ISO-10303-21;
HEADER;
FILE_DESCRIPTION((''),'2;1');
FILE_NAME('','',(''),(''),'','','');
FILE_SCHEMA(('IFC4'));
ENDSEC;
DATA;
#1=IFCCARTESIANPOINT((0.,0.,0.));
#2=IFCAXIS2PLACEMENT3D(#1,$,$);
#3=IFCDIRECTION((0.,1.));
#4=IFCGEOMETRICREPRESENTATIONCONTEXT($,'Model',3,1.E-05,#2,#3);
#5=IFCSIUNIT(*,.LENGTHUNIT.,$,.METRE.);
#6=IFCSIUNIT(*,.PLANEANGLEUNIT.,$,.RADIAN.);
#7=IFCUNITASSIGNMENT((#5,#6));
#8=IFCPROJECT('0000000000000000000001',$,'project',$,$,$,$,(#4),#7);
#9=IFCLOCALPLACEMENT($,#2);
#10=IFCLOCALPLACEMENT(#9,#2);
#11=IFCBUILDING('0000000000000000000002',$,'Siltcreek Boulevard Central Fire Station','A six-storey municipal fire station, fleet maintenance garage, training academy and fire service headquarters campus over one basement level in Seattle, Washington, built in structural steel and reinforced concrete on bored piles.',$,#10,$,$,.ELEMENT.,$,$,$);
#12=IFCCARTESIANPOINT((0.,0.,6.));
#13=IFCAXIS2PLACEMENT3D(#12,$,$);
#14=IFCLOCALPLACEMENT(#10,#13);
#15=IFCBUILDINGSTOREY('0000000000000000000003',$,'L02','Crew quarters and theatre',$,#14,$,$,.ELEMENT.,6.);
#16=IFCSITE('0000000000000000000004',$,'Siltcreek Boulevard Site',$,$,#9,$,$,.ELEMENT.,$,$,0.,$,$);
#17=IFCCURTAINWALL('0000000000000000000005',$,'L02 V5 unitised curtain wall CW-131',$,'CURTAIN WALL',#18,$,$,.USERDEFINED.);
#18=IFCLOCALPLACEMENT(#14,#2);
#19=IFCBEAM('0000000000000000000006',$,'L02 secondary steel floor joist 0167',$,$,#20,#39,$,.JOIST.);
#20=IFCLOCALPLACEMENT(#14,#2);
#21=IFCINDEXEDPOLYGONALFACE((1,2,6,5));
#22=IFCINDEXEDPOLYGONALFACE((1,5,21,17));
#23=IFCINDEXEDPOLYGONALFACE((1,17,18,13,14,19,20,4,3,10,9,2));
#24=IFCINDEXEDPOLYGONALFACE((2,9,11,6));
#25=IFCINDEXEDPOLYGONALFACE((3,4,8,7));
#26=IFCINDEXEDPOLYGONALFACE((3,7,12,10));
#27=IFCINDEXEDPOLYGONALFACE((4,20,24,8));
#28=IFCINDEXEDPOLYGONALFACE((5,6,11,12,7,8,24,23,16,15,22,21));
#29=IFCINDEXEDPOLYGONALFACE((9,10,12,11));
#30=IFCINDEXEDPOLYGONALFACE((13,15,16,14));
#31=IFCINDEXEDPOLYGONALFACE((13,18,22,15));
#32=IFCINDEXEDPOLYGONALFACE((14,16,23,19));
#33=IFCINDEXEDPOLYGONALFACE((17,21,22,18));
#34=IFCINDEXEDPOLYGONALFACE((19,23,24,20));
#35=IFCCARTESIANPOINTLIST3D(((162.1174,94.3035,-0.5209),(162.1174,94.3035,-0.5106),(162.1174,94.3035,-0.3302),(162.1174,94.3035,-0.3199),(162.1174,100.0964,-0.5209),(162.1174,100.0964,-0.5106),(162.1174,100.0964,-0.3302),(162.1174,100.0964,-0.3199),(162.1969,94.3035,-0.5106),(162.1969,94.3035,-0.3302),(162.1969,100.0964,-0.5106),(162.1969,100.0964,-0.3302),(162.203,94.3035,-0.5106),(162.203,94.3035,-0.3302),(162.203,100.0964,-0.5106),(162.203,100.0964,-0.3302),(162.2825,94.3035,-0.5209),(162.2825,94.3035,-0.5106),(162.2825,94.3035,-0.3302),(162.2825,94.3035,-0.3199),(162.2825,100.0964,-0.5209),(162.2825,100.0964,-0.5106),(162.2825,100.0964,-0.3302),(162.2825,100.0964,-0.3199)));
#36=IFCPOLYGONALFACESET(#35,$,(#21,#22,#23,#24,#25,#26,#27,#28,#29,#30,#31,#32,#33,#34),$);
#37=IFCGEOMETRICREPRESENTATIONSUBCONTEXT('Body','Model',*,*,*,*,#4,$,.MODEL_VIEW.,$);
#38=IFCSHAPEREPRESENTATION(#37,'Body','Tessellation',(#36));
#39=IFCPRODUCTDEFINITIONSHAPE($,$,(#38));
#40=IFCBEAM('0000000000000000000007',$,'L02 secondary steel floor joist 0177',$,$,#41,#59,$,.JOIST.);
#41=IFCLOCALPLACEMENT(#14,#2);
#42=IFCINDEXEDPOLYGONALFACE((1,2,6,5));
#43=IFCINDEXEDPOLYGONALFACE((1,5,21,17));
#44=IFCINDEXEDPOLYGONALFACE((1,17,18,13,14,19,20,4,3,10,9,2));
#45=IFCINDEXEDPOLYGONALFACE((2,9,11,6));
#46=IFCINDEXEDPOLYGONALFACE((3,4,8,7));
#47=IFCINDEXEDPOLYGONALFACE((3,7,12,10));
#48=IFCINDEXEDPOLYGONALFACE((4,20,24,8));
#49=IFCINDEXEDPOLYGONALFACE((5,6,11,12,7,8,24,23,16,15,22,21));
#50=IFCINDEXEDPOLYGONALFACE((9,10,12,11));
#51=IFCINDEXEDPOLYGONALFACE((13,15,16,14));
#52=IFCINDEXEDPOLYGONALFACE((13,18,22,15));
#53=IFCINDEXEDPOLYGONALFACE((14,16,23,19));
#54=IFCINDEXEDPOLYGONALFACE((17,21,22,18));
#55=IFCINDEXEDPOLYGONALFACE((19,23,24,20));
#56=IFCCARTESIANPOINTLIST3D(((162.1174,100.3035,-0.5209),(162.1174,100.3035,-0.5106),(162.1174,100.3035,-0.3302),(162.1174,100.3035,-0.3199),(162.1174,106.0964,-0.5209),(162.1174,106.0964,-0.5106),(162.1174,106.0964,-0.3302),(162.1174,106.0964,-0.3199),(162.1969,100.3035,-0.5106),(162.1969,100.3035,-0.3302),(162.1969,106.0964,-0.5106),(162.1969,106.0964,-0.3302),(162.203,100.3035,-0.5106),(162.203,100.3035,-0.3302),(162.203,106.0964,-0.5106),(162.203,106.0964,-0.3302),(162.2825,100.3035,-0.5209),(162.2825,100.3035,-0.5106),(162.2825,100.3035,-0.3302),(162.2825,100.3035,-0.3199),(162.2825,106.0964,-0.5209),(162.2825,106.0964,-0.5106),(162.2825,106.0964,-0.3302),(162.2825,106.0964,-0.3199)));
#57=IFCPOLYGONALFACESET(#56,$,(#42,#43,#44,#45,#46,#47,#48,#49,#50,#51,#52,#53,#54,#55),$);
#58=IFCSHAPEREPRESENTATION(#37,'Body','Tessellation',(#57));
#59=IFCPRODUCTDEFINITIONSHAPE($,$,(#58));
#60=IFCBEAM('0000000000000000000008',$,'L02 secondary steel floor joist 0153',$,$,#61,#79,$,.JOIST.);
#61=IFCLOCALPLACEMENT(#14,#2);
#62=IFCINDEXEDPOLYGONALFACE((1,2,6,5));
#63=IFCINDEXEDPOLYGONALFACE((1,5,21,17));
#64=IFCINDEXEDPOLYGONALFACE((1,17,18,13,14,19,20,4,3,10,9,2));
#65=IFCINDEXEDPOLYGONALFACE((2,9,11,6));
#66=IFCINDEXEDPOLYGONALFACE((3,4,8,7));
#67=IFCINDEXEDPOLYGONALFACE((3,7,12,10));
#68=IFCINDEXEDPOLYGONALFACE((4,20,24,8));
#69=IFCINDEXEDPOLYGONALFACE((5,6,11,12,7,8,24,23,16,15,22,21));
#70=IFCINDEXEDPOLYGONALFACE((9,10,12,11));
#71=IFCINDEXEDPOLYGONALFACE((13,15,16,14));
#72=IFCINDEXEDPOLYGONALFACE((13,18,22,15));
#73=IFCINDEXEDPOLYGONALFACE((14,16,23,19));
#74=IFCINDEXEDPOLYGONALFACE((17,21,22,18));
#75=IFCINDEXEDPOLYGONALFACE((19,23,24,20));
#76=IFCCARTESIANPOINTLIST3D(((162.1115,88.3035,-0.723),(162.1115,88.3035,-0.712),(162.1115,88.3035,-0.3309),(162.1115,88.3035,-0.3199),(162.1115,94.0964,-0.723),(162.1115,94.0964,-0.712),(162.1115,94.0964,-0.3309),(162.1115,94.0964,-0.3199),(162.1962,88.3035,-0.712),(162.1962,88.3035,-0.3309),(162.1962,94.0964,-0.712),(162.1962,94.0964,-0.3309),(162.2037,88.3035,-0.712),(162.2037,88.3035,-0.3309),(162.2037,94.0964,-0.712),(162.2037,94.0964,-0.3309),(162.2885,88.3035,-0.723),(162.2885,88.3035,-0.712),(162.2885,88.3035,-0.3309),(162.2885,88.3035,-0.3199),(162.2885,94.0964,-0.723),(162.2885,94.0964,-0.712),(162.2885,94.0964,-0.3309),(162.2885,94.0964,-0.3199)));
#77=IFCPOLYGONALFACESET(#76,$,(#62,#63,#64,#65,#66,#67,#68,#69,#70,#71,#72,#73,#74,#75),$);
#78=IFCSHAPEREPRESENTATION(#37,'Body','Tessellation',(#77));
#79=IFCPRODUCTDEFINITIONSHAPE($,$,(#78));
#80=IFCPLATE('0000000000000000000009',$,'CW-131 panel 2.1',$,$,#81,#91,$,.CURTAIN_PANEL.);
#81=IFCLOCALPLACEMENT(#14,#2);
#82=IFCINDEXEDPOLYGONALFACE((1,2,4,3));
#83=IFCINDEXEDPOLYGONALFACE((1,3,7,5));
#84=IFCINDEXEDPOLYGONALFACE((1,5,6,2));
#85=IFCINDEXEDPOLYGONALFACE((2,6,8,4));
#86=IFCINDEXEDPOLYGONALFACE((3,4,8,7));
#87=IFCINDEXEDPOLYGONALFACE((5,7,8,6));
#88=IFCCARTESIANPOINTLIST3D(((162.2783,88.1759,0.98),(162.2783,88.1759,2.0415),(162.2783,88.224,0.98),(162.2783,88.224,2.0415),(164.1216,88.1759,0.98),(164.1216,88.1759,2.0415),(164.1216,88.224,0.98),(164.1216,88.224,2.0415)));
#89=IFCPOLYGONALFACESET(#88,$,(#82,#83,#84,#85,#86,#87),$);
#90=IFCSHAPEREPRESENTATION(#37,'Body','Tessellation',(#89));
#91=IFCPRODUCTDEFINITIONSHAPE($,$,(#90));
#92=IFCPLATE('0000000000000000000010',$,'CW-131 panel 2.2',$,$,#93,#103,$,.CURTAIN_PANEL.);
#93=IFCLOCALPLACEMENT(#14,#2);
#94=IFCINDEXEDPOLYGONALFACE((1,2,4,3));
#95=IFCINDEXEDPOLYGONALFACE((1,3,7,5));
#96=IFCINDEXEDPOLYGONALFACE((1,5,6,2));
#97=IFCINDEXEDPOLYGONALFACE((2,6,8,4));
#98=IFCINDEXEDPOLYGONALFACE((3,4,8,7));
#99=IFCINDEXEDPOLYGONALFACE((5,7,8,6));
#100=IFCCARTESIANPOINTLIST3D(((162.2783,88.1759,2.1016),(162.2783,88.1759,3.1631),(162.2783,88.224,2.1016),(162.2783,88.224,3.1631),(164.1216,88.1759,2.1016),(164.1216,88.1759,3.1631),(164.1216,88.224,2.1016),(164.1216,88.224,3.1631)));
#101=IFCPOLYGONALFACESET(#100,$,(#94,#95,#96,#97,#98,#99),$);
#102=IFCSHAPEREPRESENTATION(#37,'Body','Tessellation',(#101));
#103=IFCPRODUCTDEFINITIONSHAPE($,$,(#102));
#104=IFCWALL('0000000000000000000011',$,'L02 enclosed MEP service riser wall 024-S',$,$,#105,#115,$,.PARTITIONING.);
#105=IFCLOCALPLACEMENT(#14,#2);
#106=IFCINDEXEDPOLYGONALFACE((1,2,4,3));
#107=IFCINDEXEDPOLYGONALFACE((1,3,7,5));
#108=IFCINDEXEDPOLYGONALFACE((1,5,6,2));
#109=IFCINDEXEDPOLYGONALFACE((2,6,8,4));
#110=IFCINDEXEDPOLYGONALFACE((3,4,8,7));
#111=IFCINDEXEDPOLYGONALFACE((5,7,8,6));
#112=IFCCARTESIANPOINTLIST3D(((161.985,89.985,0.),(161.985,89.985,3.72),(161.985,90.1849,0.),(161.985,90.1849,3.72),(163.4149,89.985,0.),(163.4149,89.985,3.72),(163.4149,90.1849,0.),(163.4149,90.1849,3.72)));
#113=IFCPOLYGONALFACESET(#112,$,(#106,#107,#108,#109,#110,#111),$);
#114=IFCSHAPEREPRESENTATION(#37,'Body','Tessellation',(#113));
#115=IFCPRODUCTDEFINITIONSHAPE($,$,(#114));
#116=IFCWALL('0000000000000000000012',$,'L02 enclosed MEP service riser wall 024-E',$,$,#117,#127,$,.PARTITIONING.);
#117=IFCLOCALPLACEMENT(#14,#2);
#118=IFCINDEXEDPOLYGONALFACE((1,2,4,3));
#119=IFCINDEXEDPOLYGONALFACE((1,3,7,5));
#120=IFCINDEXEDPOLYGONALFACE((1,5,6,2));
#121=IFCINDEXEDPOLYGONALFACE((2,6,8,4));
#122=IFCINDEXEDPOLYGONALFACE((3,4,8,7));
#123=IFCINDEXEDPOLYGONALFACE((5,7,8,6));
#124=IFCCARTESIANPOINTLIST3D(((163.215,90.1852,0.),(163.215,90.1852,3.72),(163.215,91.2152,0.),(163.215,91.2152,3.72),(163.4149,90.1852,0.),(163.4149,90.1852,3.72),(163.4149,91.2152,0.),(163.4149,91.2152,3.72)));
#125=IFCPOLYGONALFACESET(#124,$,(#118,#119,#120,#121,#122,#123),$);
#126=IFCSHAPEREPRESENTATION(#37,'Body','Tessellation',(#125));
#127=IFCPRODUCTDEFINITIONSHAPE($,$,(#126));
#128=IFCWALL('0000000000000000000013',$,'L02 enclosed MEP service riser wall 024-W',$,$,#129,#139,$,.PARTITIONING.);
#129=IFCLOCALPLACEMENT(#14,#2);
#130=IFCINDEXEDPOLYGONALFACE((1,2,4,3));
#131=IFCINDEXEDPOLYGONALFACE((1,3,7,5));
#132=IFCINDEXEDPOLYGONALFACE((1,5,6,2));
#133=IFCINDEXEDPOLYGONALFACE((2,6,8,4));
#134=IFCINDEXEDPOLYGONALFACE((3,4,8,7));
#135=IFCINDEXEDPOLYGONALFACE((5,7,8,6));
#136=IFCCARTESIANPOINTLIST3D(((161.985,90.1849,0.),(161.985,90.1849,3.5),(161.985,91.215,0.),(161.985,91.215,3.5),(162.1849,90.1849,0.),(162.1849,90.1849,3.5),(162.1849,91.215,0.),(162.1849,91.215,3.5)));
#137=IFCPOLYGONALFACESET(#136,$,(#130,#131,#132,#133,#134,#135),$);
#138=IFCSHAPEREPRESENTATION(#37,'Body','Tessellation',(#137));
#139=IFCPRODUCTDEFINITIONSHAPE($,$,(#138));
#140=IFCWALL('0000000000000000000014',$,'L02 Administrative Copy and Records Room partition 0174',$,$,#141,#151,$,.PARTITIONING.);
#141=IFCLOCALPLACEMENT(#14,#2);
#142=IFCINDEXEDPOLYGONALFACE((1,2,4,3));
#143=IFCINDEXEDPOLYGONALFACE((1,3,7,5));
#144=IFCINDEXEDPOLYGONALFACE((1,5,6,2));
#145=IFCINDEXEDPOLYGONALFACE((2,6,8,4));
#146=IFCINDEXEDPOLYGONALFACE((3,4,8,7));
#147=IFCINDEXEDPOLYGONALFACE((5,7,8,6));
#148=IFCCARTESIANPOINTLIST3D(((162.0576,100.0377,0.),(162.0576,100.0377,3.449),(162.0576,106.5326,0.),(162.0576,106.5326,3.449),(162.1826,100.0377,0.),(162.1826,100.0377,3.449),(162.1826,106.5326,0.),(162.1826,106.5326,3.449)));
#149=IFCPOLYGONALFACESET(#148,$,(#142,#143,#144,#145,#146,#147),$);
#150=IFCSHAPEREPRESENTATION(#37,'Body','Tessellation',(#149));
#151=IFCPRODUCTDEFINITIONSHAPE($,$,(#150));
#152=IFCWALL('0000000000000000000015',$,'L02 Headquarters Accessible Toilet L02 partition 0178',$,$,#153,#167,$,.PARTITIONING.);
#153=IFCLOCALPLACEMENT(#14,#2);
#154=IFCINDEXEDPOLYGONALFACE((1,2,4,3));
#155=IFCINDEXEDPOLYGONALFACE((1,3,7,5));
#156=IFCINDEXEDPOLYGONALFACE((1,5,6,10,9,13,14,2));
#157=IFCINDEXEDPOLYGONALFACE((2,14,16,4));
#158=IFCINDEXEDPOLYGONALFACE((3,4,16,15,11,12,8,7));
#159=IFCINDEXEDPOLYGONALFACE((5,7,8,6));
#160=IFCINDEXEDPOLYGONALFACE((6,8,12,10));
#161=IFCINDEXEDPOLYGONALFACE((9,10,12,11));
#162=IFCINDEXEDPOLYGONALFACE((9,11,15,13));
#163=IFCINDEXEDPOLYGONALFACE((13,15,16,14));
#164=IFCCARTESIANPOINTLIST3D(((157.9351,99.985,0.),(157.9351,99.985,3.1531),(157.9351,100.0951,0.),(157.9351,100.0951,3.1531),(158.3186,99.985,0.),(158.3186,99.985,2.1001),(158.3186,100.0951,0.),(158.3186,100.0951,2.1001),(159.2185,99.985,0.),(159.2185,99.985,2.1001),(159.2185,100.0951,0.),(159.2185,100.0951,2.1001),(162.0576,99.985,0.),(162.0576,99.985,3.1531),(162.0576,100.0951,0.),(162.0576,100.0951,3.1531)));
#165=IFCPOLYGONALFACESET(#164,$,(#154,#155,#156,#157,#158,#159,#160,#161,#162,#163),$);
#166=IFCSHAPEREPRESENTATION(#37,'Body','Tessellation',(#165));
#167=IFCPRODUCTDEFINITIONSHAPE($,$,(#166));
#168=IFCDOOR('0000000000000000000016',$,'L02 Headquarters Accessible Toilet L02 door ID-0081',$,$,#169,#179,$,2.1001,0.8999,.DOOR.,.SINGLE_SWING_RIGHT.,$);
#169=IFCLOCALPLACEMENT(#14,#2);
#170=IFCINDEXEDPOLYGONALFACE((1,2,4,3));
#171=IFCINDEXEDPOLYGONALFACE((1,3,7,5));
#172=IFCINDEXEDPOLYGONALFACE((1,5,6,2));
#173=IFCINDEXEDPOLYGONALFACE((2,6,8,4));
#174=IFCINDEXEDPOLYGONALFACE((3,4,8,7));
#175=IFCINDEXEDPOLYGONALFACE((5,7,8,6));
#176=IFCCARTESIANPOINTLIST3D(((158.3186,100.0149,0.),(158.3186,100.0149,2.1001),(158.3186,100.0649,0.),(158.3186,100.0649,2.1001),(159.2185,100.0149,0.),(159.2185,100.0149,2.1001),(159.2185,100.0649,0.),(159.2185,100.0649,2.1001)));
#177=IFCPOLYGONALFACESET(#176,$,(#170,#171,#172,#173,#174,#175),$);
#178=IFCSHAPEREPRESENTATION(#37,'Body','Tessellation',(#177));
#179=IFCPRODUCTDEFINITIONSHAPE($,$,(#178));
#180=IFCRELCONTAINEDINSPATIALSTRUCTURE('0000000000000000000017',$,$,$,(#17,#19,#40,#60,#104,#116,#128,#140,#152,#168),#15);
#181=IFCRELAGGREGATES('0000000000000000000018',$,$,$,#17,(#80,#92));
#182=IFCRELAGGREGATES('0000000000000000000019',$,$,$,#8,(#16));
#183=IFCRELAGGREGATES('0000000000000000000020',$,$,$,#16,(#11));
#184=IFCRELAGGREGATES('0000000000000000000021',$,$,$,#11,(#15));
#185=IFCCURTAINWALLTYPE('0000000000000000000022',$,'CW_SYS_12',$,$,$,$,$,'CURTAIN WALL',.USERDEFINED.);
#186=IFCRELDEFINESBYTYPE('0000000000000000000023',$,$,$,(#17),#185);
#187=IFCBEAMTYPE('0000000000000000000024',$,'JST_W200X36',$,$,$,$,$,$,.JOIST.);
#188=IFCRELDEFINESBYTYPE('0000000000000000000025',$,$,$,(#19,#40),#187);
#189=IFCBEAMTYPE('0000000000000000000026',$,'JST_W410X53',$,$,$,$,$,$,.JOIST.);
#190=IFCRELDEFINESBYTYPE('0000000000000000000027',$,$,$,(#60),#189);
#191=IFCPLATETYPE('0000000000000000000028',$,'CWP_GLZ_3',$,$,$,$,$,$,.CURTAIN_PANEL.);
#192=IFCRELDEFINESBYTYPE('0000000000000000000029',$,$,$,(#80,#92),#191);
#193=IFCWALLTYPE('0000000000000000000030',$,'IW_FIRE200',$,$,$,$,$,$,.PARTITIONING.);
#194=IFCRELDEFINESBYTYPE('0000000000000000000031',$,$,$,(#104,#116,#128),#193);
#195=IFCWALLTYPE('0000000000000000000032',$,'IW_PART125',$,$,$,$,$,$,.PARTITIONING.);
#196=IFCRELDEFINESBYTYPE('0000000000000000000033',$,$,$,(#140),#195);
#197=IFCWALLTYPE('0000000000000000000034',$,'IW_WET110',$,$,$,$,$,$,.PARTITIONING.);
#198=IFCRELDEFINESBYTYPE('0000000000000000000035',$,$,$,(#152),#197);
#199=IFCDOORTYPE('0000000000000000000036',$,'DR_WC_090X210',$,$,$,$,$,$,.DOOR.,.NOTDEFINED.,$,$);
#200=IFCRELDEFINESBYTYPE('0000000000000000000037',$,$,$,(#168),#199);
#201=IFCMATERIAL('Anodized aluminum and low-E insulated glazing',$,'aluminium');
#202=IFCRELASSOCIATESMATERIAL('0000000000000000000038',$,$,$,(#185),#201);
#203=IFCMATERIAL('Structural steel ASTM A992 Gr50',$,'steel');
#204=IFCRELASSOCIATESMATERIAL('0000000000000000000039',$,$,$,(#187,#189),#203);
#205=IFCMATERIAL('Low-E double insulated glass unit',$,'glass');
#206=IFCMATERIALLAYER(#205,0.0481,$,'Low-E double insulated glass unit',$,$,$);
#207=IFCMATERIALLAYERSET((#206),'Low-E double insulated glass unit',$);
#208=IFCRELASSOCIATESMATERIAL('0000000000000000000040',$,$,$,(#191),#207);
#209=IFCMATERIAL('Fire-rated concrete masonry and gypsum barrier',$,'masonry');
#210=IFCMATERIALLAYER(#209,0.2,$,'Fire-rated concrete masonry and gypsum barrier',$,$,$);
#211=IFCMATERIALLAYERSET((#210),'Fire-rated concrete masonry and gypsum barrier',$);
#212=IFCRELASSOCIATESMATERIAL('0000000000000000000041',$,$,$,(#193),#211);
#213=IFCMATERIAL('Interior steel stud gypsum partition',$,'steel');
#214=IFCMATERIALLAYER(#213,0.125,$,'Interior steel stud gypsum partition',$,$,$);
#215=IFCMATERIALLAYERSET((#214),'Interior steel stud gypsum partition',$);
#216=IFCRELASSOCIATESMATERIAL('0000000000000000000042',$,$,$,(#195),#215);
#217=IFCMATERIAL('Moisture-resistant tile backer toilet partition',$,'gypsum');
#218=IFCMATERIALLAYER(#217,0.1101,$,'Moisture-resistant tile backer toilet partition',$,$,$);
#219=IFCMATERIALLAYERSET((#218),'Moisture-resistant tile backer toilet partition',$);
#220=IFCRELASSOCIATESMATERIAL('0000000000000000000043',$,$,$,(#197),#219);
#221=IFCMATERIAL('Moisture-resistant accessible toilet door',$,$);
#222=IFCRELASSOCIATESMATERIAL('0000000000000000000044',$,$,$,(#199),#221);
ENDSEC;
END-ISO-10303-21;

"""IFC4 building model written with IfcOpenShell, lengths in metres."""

from ifc_helpers import new_model, si_unit, direction, frame, frame_2d, origin, origin_2d, place, context, subcontext, project, spatial, rectangle, i_section, extrude, material, layer, layer_set, material_profile, profile_set, type_object, element, fill, aggregate, save


model = new_model("IFC4")

# Units and contexts
model_context = context("Model", 3, precision=1e-05, world=origin(), true_north=direction((0.0, 1.0)))
body_context = subcontext(model_context, "Body", "Model", "MODEL_VIEW")
ifc_project = project(units=[si_unit("LENGTHUNIT", "METRE"), si_unit("PLANEANGLEUNIT", "RADIAN")], contexts=[model_context])

# Site, building, storey
site_placement = place(None, origin())
site = spatial("IfcSite", under=ifc_project, at=site_placement, Name="Siltcreek Boulevard Site", CompositionType="ELEMENT", RefElevation=0.0)
building_placement = place(site_placement, origin())
building = spatial("IfcBuilding", under=site, at=building_placement, Name="Siltcreek Boulevard Central Fire Station", Description="A six-storey municipal fire station, fleet maintenance garage, training academy and fire service headquarters campus over one basement level in Seattle, Washington, built in structural steel and reinforced concrete on bored piles.", CompositionType="ELEMENT")
storey_placement = place(building_placement, frame((0.0, 0.0, 6.0)))
storey = spatial("IfcBuildingStorey", under=building, at=storey_placement, Name="L02", Description="Crew quarters and theatre", CompositionType="ELEMENT", Elevation=6.0)

# Shared definitions
ifc_material_1 = material(Name="Structural steel ASTM A992 Gr50", Category="steel")

# Curtain wall
ifc_material_2 = material(Name="Anodized aluminum and low-E insulated glazing", Category="aluminium")
curtain_wall_type = type_object("IfcCurtainWallType", Name="CW_SYS_12", ElementType="CURTAIN WALL", PredefinedType="USERDEFINED", material=ifc_material_2)
curtain_wall_placement = place(storey_placement, origin())
curtain_wall = element("IfcCurtainWall", 1, at=curtain_wall_placement, inside=storey, type_object=curtain_wall_type, Name="L02 V5 unitised curtain wall CW-131", ObjectType="CURTAIN WALL", PredefinedType="USERDEFINED")

# Beams
ifc_material_profile_1 = material_profile(ifc_material_1, i_section(OverallWidth=0.165, OverallDepth=0.2009, WebThickness=0.0061, FlangeThickness=0.0103, at=origin_2d()), Name="W200X36")
ifc_profile_set_1 = profile_set([ifc_material_profile_1], Name="Structural steel ASTM A992 Gr50")
beam_type_1 = type_object("IfcBeamType", Name="JST_W200X36", PredefinedType="JOIST", material=ifc_profile_set_1)
for number, where, z_axis, x_axis, name in (
    (2, (162.2, 94.3035, -0.4204), (0.0, 1.0, 0.0), (-1.0, 0.0, 0.0), "L02 secondary steel floor joist 0167"),
    (3, (162.2, 100.3035, -0.4204), (0.0, 1.0, 0.0), (-1.0, 0.0, 0.0), "L02 secondary steel floor joist 0177"),
):
    element("IfcBeam", number, at=place(storey_placement, frame(where, z_axis=z_axis, x_axis=x_axis)), inside=storey, type_object=beam_type_1, Name=name, PredefinedType="JOIST", context=body_context, shape_type="SweptSolid", body=[
        extrude(i_section(OverallWidth=0.165, OverallDepth=0.2009, WebThickness=0.0061, FlangeThickness=0.0103, at=origin_2d()), origin(), (0.0, 0.0, 1.0), 5.793),
    ])
ifc_material_profile_2 = material_profile(ifc_material_1, i_section(OverallWidth=0.177, OverallDepth=0.4031, WebThickness=0.0076, FlangeThickness=0.011, at=origin_2d()), Name="W410X53")
ifc_profile_set_2 = profile_set([ifc_material_profile_2], Name="Structural steel ASTM A992 Gr50")
beam_type_2 = type_object("IfcBeamType", Name="JST_W410X53", PredefinedType="JOIST", material=ifc_profile_set_2)
beam_placement = place(storey_placement, frame((162.2, 88.3035, -0.5215), z_axis=(0.0, 1.0, 0.0), x_axis=(-1.0, 0.0, 0.0)))
element("IfcBeam", 4, at=beam_placement, inside=storey, type_object=beam_type_2, Name="L02 secondary steel floor joist 0153", PredefinedType="JOIST", context=body_context, shape_type="SweptSolid", body=[
    extrude(i_section(OverallWidth=0.177, OverallDepth=0.4031, WebThickness=0.0076, FlangeThickness=0.011, at=origin_2d()), origin(), (0.0, 0.0, 1.0), 5.793),
])

# Plates
ifc_material_3 = material(Name="Low-E double insulated glass unit", Category="glass")
ifc_layer_1 = layer(ifc_material_3, 0.0481, Name="Low-E double insulated glass unit")
ifc_layer_set_1 = layer_set([ifc_layer_1], Name="Low-E double insulated glass unit")
plate_type = type_object("IfcPlateType", Name="CWP_GLZ_3", PredefinedType="CURTAIN_PANEL", material=ifc_layer_set_1)
plate_1_placement = place(storey_placement, frame((163.2, 88.2, 0.98), z_axis=(0.0, 0.0, 1.0), x_axis=(1.0, 0.0, 0.0)))
plate_1 = element("IfcPlate", 5, at=plate_1_placement, type_object=plate_type, Name="CW-131 panel 2.1", PredefinedType="CURTAIN_PANEL", context=body_context, shape_type="SweptSolid", body=[
    extrude(rectangle(XDim=1.8433, YDim=0.0481, at=origin_2d()), origin(), (0.0, 0.0, 1.0), 1.0615),
])
plate_2_placement = place(storey_placement, frame((163.2, 88.2, 2.1016), z_axis=(0.0, 0.0, 1.0), x_axis=(1.0, 0.0, 0.0)))
plate_2 = element("IfcPlate", 6, at=plate_2_placement, type_object=plate_type, Name="CW-131 panel 2.2", PredefinedType="CURTAIN_PANEL", context=body_context, shape_type="SweptSolid", body=[
    extrude(rectangle(XDim=1.8433, YDim=0.0481, at=origin_2d()), origin(), (0.0, 0.0, 1.0), 1.0615),
])
aggregate(curtain_wall, [plate_1, plate_2])

# Walls
ifc_material_4 = material(Name="Fire-rated concrete masonry and gypsum barrier", Category="masonry")
ifc_layer_2 = layer(ifc_material_4, 0.2, Name="Fire-rated concrete masonry and gypsum barrier")
ifc_layer_set_2 = layer_set([ifc_layer_2], Name="Fire-rated concrete masonry and gypsum barrier")
wall_type_1 = type_object("IfcWallType", Name="IW_FIRE200", PredefinedType="PARTITIONING", material=ifc_layer_set_2)
wall_1_placement = place(storey_placement, frame((161.9851, 90.085, 0.0), z_axis=(0.0, 0.0, 1.0), x_axis=(1.0, 0.0, 0.0)))
element("IfcWall", 7, at=wall_1_placement, inside=storey, type_object=wall_type_1, Name="L02 enclosed MEP service riser wall 024-S", PredefinedType="PARTITIONING", context=body_context, shape_type="SweptSolid", body=[
    extrude(rectangle(XDim=1.4299, YDim=0.2, at=frame_2d((0.7148, 0.0))), origin(), (0.0, 0.0, 1.0), 3.72),
])
wall_2_placement = place(storey_placement, frame((163.3149, 90.1851, 0.0), z_axis=(0.0, 0.0, 1.0), x_axis=(0.0, 1.0, 0.0)))
element("IfcWall", 8, at=wall_2_placement, inside=storey, type_object=wall_type_1, Name="L02 enclosed MEP service riser wall 024-E", PredefinedType="PARTITIONING", context=body_context, shape_type="SweptSolid", body=[
    extrude(rectangle(XDim=1.03, YDim=0.2, at=frame_2d((0.5151, 0.0))), origin(), (0.0, 0.0, 1.0), 3.72),
])
wall_3_placement = place(storey_placement, frame((162.085, 91.2151, 0.0), z_axis=(0.0, 0.0, 1.0), x_axis=(0.0, -1.0, 0.0)))
element("IfcWall", 9, at=wall_3_placement, inside=storey, type_object=wall_type_1, Name="L02 enclosed MEP service riser wall 024-W", PredefinedType="PARTITIONING", context=body_context, shape_type="SweptSolid", body=[
    extrude(rectangle(XDim=1.03, YDim=0.2, at=frame_2d((0.5151, 0.0))), origin(), (0.0, 0.0, 1.0), 3.5),
])
ifc_material_5 = material(Name="Interior steel stud gypsum partition", Category="steel")
ifc_layer_3 = layer(ifc_material_5, 0.125, Name="Interior steel stud gypsum partition")
ifc_layer_set_3 = layer_set([ifc_layer_3], Name="Interior steel stud gypsum partition")
wall_type_2 = type_object("IfcWallType", Name="IW_PART125", PredefinedType="PARTITIONING", material=ifc_layer_set_3)
wall_4_placement = place(storey_placement, frame((162.1201, 100.0376, 0.0), z_axis=(0.0, 0.0, 1.0), x_axis=(0.0, 1.0, 0.0)))
element("IfcWall", 10, at=wall_4_placement, inside=storey, type_object=wall_type_2, Name="L02 Administrative Copy and Records Room partition 0174", PredefinedType="PARTITIONING", context=body_context, shape_type="SweptSolid", body=[
    extrude(rectangle(XDim=6.4949, YDim=0.125, at=frame_2d((3.2476, 0.0))), origin(), (0.0, 0.0, 1.0), 3.449),
])

# Wall, opening, door
ifc_material_6 = material(Name="Moisture-resistant tile backer toilet partition", Category="gypsum")
ifc_layer_4 = layer(ifc_material_6, 0.1101, Name="Moisture-resistant tile backer toilet partition")
ifc_layer_set_4 = layer_set([ifc_layer_4], Name="Moisture-resistant tile backer toilet partition")
wall_type_3 = type_object("IfcWallType", Name="IW_WET110", PredefinedType="PARTITIONING", material=ifc_layer_set_4)
wall_5_placement = place(storey_placement, frame((162.0576, 100.04, 0.0), z_axis=(0.0, 0.0, 1.0), x_axis=(-1.0, 0.0, 0.0)))
wall_5 = element("IfcWall", 11, at=wall_5_placement, inside=storey, type_object=wall_type_3, Name="L02 Headquarters Accessible Toilet L02 partition 0178", PredefinedType="PARTITIONING", context=body_context, shape_type="SweptSolid", body=[
    extrude(rectangle(XDim=4.1226, YDim=0.1101, at=frame_2d((2.0613, 0.0))), origin(), (0.0, 0.0, 1.0), 3.1531),
])
opening_placement = place(wall_5_placement, frame((2.8391, 0.0, 0.0)))
opening = element("IfcOpeningElement", 12, at=opening_placement, cuts=wall_5, PredefinedType="OPENING", context=body_context, shape_type="SweptSolid", body=[
    extrude(rectangle(XDim=0.8999, YDim=2.1001, at=frame_2d((0.45, 1.05))), frame((0.0, 0.0649, 0.0), z_axis=(0.0, -1.0, 0.0), x_axis=(1.0, 0.0, 0.0)), (0.0, 0.0, 1.0), 0.1301),
])
ifc_material_7 = material(Name="Moisture-resistant accessible toilet door")
door_type = type_object("IfcDoorType", Name="DR_WC_090X210", OperationType="NOTDEFINED", PredefinedType="DOOR", material=ifc_material_7)
door_placement = place(opening_placement, frame((0.8999, 0.0, 0.0), z_axis=(0.0, 0.0, 1.0), x_axis=(-1.0, 0.0, 0.0)))
door = element("IfcDoor", 13, at=door_placement, inside=storey, type_object=door_type, Name="L02 Headquarters Accessible Toilet L02 door ID-0081", OperationType="SINGLE_SWING_RIGHT", OverallHeight=2.1001, OverallWidth=0.8999, PredefinedType="DOOR", context=body_context, shape_type="SweptSolid", body=[
    extrude(rectangle(XDim=0.8999, YDim=2.1001, at=frame_2d((0.45, 1.05))), frame((0.0, 0.0249, 0.0), z_axis=(0.0, -1.0, 0.0), x_axis=(1.0, 0.0, 0.0)), (0.0, 0.0, 1.0), 0.05),
])
fill(opening, door)

save(model, "model.ifc")
